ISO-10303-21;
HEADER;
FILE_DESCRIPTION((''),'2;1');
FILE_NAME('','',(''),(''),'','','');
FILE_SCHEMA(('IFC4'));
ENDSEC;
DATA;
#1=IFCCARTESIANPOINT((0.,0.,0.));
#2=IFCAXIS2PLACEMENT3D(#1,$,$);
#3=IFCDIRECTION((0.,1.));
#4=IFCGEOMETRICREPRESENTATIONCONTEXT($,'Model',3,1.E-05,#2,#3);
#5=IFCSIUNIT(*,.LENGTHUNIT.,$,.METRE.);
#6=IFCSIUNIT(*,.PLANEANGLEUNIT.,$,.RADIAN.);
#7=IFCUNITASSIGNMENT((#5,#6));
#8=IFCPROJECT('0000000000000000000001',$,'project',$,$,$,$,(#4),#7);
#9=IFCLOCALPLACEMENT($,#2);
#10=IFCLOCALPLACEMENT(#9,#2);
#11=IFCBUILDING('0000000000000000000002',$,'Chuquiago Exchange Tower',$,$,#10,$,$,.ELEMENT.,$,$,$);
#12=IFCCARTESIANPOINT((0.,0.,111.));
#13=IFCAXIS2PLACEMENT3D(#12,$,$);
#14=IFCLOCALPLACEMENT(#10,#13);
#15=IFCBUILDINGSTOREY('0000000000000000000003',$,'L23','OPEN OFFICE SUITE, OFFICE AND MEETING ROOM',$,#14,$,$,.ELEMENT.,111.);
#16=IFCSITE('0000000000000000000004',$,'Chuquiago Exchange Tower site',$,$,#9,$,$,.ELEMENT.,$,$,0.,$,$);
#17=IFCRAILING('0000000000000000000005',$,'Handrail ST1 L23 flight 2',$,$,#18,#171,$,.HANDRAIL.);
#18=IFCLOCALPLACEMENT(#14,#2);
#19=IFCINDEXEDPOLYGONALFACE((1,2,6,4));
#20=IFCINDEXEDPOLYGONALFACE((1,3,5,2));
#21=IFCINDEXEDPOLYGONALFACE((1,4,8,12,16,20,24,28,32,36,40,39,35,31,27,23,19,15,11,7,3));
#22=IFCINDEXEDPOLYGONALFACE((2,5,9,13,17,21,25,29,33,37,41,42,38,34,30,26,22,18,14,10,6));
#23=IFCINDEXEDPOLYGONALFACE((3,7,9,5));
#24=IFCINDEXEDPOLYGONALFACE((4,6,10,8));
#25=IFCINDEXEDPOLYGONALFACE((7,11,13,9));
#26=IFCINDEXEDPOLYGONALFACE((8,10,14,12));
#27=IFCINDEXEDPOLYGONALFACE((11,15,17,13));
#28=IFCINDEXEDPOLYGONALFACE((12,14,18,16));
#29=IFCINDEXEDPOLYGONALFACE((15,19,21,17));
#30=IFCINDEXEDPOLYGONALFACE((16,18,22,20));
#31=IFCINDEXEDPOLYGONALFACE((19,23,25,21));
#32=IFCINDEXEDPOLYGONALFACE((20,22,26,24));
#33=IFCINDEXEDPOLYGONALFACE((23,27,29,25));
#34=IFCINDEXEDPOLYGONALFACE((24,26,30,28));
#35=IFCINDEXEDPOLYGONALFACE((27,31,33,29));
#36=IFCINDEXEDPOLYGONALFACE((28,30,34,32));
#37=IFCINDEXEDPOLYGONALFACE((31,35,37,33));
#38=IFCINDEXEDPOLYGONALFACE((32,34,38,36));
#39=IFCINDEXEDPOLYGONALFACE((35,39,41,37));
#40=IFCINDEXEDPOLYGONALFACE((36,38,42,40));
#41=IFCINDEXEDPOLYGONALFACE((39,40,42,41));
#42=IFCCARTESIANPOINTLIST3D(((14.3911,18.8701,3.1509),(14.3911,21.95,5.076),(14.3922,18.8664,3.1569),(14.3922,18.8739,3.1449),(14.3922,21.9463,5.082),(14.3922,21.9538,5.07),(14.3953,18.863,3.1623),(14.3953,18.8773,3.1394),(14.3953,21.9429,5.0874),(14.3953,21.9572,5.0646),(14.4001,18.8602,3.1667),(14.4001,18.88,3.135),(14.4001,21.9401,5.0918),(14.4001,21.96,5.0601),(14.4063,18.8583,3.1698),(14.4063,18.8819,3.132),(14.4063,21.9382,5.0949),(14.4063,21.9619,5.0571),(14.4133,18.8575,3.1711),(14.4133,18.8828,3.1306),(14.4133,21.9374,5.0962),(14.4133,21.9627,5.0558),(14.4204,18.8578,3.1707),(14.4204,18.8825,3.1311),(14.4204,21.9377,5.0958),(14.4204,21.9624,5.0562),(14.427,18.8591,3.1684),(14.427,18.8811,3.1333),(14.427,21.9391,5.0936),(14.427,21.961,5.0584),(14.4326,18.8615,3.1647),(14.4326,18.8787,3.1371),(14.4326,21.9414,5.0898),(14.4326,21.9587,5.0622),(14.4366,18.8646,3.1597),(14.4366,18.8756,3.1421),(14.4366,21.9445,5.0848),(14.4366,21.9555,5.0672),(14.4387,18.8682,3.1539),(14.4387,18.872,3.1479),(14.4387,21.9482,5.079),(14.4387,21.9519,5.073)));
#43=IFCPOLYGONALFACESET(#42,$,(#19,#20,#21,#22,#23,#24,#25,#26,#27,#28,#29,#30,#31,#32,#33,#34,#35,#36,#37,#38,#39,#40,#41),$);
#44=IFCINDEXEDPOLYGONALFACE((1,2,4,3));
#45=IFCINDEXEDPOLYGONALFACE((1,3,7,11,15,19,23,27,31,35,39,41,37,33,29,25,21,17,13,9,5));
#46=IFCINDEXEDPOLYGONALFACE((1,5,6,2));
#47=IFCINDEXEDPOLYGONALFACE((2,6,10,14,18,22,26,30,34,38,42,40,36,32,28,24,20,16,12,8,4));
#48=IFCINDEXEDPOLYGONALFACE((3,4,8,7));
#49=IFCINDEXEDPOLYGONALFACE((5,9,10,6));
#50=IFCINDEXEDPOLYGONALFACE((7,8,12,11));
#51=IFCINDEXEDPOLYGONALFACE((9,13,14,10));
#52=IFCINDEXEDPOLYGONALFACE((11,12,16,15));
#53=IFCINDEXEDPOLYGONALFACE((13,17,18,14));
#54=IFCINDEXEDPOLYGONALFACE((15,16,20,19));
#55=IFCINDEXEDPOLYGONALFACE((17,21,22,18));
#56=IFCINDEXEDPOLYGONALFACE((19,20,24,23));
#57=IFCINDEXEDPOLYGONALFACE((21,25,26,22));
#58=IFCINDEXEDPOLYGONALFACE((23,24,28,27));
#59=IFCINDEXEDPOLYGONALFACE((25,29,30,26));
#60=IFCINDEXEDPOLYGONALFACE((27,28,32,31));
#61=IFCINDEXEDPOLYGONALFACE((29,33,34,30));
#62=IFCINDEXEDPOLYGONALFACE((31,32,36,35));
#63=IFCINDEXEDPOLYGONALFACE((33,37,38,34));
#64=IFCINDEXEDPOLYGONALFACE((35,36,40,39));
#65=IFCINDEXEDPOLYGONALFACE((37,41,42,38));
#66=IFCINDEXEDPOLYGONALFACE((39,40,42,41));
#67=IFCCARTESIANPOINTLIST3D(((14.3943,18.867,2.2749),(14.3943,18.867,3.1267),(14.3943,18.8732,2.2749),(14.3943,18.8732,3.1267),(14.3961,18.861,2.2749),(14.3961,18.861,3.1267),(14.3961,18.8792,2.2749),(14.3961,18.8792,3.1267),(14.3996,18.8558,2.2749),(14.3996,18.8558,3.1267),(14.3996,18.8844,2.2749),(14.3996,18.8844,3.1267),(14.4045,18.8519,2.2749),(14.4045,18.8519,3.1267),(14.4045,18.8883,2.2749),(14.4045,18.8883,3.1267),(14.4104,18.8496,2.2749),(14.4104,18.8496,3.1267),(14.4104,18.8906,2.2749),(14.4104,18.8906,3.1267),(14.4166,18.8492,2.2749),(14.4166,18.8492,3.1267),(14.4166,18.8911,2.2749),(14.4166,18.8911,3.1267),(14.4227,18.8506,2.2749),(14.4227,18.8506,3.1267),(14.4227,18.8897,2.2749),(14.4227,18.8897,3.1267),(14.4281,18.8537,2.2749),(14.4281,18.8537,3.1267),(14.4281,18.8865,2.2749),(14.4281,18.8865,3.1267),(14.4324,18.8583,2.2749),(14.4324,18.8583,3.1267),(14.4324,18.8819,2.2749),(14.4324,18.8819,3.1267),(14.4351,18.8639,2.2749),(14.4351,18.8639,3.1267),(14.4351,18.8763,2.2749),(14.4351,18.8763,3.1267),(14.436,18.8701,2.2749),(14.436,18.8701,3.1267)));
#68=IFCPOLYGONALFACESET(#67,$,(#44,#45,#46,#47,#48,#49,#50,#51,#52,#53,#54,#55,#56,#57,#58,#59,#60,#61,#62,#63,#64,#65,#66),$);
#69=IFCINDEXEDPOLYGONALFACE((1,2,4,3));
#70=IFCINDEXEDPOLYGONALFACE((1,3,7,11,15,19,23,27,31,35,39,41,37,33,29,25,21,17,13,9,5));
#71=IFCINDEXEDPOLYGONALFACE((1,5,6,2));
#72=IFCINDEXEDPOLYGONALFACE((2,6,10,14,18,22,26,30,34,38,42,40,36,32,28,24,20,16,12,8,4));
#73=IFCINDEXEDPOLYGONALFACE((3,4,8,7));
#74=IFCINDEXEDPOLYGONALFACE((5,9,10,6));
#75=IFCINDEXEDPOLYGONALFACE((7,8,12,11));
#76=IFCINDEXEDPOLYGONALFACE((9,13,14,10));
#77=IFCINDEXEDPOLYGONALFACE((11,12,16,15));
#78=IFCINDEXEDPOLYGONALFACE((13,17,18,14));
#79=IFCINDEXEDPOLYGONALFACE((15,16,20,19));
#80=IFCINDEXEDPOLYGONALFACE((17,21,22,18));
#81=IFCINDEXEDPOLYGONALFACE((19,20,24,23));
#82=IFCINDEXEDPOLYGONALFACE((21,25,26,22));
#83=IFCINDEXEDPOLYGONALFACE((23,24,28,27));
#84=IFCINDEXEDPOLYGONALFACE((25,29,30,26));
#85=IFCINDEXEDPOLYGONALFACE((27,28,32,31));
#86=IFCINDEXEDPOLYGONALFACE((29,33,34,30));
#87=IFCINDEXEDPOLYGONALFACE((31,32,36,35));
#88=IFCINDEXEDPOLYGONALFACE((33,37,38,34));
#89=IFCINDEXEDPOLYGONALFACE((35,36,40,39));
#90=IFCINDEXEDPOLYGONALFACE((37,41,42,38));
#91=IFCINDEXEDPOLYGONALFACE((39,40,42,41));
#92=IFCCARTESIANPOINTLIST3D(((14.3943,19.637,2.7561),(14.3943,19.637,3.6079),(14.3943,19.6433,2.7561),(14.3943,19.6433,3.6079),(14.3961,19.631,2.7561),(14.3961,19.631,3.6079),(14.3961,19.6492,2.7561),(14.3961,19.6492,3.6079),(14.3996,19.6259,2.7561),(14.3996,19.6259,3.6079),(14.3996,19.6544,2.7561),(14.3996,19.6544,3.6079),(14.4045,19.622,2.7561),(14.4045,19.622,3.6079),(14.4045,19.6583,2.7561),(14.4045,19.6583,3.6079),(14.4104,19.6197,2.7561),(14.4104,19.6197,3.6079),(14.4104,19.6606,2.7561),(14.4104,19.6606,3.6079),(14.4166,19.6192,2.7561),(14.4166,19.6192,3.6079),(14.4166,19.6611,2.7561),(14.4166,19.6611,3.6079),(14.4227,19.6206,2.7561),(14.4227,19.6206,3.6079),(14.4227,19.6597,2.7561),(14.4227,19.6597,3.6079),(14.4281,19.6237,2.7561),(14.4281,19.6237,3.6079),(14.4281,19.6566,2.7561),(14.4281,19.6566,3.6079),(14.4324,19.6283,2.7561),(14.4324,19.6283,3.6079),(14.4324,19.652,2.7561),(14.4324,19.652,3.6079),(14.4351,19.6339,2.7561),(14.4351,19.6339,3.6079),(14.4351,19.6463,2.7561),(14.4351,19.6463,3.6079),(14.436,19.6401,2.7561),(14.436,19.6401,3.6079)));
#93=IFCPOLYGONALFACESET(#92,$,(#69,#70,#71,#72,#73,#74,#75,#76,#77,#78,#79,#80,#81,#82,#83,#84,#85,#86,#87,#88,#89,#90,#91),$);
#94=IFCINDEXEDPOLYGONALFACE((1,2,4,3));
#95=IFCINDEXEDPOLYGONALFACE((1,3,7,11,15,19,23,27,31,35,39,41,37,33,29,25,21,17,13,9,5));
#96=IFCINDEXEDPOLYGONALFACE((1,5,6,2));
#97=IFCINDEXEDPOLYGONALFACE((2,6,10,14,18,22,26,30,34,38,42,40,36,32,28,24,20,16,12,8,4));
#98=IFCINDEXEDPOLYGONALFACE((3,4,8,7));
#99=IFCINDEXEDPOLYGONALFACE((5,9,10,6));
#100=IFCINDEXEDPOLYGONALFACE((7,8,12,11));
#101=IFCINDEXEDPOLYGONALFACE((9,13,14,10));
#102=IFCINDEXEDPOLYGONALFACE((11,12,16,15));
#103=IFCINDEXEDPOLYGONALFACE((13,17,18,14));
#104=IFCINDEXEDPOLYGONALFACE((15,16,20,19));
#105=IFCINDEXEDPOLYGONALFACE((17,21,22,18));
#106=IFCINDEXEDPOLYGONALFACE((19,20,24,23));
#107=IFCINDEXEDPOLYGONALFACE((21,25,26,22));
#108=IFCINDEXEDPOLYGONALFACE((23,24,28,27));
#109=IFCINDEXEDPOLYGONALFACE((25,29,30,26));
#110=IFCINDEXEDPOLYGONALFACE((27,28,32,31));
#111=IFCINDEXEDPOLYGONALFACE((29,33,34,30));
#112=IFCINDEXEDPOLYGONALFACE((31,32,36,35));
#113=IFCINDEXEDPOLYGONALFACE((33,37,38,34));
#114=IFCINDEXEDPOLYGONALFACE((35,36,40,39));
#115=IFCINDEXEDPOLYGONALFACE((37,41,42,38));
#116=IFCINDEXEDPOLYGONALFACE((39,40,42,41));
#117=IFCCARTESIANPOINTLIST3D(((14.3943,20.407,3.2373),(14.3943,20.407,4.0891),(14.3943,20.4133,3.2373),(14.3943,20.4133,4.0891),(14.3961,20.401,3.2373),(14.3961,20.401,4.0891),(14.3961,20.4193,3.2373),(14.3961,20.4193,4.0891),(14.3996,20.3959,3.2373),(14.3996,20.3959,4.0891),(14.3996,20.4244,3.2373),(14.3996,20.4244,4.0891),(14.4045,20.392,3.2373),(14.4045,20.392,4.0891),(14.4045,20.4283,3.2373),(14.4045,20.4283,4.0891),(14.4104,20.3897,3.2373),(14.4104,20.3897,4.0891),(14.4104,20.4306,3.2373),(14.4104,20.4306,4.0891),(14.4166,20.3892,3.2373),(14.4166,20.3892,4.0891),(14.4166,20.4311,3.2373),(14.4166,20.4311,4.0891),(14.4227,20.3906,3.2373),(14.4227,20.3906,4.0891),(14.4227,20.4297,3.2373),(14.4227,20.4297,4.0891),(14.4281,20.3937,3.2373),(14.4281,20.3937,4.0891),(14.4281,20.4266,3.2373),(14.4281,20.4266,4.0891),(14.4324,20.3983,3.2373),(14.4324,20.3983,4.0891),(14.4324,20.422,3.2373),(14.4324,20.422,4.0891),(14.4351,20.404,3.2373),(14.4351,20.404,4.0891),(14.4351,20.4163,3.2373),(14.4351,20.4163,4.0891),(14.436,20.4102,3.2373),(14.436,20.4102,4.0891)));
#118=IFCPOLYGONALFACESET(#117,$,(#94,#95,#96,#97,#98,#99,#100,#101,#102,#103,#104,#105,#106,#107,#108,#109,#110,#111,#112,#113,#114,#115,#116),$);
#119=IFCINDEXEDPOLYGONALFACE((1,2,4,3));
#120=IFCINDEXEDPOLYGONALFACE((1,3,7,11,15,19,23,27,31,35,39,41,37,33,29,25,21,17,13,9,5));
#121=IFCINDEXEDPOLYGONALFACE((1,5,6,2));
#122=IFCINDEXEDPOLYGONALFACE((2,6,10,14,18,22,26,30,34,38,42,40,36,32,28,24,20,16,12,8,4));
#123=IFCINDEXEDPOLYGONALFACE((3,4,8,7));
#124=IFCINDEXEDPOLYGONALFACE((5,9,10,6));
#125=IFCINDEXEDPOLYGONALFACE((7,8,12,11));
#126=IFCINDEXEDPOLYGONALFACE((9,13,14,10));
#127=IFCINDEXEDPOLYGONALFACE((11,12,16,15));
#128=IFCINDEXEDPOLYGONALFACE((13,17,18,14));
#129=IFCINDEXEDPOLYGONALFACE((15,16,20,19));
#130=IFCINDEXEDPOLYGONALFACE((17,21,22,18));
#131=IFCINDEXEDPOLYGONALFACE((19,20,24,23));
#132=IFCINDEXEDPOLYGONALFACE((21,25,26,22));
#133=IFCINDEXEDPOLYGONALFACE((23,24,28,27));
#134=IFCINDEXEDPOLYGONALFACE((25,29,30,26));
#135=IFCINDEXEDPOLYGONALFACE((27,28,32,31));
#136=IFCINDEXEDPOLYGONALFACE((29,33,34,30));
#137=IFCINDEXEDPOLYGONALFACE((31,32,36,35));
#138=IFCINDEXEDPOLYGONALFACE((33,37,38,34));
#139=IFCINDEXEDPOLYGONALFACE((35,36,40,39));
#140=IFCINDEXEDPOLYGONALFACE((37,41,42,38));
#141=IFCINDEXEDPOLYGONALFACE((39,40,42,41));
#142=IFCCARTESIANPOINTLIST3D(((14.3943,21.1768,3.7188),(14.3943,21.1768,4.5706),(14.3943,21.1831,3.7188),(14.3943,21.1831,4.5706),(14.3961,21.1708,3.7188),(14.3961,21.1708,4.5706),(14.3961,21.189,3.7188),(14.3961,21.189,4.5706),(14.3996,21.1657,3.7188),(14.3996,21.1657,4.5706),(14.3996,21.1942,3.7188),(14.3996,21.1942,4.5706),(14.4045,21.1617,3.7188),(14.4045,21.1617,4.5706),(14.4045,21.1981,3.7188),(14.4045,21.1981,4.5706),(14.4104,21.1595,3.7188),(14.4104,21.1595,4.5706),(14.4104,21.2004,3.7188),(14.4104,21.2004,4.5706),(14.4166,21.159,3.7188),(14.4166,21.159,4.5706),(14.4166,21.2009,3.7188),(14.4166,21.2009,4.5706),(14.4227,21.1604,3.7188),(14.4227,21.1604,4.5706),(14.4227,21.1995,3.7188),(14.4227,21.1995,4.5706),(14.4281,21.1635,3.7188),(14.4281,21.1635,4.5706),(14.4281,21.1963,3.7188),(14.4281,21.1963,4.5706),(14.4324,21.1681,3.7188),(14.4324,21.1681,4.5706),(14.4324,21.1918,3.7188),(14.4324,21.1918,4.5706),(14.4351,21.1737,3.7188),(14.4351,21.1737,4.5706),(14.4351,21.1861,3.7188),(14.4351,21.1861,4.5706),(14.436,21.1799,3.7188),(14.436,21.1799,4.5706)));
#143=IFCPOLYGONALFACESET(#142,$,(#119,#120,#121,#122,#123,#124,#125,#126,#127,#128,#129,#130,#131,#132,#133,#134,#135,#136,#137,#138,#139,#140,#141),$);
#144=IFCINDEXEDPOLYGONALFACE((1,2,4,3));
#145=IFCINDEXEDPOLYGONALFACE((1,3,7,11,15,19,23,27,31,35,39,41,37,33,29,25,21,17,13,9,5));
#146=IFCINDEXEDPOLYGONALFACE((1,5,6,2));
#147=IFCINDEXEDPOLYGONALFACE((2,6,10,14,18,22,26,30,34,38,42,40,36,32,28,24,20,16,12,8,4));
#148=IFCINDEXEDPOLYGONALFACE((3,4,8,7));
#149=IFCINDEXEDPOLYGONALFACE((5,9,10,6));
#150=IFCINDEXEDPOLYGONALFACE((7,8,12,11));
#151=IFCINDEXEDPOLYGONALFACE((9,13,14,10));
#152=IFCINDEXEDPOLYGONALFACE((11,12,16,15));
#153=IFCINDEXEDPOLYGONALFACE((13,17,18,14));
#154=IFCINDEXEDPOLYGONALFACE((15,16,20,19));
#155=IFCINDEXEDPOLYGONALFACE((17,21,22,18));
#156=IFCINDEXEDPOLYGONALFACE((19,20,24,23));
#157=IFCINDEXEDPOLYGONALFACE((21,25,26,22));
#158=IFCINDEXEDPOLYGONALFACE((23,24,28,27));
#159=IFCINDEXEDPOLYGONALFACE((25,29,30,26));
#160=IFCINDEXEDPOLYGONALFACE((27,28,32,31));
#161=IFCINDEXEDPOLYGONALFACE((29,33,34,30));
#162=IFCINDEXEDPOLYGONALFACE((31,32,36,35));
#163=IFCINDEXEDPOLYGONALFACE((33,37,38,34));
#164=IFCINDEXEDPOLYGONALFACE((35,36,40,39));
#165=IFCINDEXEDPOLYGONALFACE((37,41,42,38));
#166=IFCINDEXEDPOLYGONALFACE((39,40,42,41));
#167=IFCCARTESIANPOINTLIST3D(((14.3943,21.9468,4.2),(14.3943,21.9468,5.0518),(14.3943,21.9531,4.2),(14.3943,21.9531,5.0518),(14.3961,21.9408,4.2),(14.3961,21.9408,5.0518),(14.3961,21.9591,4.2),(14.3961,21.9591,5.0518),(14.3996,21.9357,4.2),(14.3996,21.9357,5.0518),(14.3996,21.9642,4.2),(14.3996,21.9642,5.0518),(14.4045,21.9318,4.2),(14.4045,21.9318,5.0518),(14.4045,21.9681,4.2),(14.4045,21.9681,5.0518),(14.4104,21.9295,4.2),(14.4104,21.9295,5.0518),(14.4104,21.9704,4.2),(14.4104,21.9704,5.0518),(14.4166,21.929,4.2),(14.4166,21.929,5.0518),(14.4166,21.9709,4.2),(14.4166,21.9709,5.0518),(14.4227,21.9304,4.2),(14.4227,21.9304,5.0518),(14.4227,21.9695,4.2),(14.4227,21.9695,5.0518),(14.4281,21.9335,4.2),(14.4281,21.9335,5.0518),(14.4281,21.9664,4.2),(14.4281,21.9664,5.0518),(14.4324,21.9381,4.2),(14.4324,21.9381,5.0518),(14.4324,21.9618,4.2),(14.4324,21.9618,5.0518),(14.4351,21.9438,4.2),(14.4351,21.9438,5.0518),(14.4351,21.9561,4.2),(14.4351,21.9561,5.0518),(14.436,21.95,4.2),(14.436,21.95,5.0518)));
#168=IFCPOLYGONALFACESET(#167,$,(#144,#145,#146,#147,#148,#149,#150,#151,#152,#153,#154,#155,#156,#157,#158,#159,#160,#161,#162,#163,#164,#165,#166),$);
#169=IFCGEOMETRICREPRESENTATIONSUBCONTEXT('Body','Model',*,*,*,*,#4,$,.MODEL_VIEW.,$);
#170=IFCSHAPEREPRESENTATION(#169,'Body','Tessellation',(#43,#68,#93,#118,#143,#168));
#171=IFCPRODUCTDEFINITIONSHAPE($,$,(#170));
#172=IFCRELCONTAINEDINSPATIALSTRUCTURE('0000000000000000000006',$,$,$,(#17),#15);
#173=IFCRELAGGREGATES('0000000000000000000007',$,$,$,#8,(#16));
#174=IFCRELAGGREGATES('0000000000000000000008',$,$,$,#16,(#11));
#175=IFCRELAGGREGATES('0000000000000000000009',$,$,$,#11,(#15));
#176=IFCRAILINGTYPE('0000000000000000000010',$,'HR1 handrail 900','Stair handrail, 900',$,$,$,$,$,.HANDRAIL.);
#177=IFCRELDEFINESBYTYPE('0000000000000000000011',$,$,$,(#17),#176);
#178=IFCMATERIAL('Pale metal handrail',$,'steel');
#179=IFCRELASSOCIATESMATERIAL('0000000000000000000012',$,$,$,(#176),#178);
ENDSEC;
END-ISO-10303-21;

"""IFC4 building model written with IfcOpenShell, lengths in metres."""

from ifc_helpers import new_model, si_unit, direction, frame, origin, origin_2d, place, context, subcontext, project, spatial, circle, extrude, material, type_object, element, save


model = new_model("IFC4")

# Units and contexts
model_context = context("Model", 3, precision=1e-05, world=origin(), true_north=direction((0.0, 1.0)))
body_context = subcontext(model_context, "Body", "Model", "MODEL_VIEW")
ifc_project = project(units=[si_unit("LENGTHUNIT", "METRE"), si_unit("PLANEANGLEUNIT", "RADIAN")], contexts=[model_context])

# Site, building, storey
site_placement = place(None, origin())
site = spatial("IfcSite", under=ifc_project, at=site_placement, Name="Chuquiago Exchange Tower site", CompositionType="ELEMENT", RefElevation=0.0)
building_placement = place(site_placement, origin())
building = spatial("IfcBuilding", under=site, at=building_placement, Name="Chuquiago Exchange Tower", CompositionType="ELEMENT")
storey_placement = place(building_placement, frame((0.0, 0.0, 111.0)))
storey = spatial("IfcBuildingStorey", under=building, at=storey_placement, Name="L23", Description="OPEN OFFICE SUITE, OFFICE AND MEETING ROOM", CompositionType="ELEMENT", Elevation=111.0)

# Railing
ifc_material_1 = material(Name="Pale metal handrail", Category="steel")
railing_type_1 = type_object("IfcRailingType", Name="HR1 handrail 900", Description="Stair handrail, 900", PredefinedType="HANDRAIL", material=ifc_material_1)
railing_1_placement = place(storey_placement, frame((14.415, 18.8701, 2.2749)))
element("IfcRailing", 1, at=railing_1_placement, inside=storey, type_object=railing_type_1, Name="Handrail ST1 L23 flight 2", PredefinedType="HANDRAIL", context=body_context, shape_type="SweptSolid", body=[
    extrude(circle(Radius=0.0239, at=origin_2d()), frame((0.0, 0.0, 0.876), z_axis=(0.0, 0.847979, 0.530029), x_axis=(-1.0, 0.0, 0.0)), (0.0, 0.0, 1.0), 3.6321),
    extrude(circle(Radius=0.021, at=origin_2d()), origin(), (0.0, 0.0, 1.0), 0.8518),
    extrude(circle(Radius=0.021, at=origin_2d()), frame((0.0, 0.77, 0.4812)), (0.0, 0.0, 1.0), 0.8518),
    extrude(circle(Radius=0.021, at=origin_2d()), frame((0.0, 1.54, 0.9624)), (0.0, 0.0, 1.0), 0.8518),
    extrude(circle(Radius=0.021, at=origin_2d()), frame((0.0, 2.3098, 1.4438)), (0.0, 0.0, 1.0), 0.8518),
    extrude(circle(Radius=0.021, at=origin_2d()), frame((0.0, 3.0798, 1.925)), (0.0, 0.0, 1.0), 0.8518),
])

save(model, "model.ifc")
